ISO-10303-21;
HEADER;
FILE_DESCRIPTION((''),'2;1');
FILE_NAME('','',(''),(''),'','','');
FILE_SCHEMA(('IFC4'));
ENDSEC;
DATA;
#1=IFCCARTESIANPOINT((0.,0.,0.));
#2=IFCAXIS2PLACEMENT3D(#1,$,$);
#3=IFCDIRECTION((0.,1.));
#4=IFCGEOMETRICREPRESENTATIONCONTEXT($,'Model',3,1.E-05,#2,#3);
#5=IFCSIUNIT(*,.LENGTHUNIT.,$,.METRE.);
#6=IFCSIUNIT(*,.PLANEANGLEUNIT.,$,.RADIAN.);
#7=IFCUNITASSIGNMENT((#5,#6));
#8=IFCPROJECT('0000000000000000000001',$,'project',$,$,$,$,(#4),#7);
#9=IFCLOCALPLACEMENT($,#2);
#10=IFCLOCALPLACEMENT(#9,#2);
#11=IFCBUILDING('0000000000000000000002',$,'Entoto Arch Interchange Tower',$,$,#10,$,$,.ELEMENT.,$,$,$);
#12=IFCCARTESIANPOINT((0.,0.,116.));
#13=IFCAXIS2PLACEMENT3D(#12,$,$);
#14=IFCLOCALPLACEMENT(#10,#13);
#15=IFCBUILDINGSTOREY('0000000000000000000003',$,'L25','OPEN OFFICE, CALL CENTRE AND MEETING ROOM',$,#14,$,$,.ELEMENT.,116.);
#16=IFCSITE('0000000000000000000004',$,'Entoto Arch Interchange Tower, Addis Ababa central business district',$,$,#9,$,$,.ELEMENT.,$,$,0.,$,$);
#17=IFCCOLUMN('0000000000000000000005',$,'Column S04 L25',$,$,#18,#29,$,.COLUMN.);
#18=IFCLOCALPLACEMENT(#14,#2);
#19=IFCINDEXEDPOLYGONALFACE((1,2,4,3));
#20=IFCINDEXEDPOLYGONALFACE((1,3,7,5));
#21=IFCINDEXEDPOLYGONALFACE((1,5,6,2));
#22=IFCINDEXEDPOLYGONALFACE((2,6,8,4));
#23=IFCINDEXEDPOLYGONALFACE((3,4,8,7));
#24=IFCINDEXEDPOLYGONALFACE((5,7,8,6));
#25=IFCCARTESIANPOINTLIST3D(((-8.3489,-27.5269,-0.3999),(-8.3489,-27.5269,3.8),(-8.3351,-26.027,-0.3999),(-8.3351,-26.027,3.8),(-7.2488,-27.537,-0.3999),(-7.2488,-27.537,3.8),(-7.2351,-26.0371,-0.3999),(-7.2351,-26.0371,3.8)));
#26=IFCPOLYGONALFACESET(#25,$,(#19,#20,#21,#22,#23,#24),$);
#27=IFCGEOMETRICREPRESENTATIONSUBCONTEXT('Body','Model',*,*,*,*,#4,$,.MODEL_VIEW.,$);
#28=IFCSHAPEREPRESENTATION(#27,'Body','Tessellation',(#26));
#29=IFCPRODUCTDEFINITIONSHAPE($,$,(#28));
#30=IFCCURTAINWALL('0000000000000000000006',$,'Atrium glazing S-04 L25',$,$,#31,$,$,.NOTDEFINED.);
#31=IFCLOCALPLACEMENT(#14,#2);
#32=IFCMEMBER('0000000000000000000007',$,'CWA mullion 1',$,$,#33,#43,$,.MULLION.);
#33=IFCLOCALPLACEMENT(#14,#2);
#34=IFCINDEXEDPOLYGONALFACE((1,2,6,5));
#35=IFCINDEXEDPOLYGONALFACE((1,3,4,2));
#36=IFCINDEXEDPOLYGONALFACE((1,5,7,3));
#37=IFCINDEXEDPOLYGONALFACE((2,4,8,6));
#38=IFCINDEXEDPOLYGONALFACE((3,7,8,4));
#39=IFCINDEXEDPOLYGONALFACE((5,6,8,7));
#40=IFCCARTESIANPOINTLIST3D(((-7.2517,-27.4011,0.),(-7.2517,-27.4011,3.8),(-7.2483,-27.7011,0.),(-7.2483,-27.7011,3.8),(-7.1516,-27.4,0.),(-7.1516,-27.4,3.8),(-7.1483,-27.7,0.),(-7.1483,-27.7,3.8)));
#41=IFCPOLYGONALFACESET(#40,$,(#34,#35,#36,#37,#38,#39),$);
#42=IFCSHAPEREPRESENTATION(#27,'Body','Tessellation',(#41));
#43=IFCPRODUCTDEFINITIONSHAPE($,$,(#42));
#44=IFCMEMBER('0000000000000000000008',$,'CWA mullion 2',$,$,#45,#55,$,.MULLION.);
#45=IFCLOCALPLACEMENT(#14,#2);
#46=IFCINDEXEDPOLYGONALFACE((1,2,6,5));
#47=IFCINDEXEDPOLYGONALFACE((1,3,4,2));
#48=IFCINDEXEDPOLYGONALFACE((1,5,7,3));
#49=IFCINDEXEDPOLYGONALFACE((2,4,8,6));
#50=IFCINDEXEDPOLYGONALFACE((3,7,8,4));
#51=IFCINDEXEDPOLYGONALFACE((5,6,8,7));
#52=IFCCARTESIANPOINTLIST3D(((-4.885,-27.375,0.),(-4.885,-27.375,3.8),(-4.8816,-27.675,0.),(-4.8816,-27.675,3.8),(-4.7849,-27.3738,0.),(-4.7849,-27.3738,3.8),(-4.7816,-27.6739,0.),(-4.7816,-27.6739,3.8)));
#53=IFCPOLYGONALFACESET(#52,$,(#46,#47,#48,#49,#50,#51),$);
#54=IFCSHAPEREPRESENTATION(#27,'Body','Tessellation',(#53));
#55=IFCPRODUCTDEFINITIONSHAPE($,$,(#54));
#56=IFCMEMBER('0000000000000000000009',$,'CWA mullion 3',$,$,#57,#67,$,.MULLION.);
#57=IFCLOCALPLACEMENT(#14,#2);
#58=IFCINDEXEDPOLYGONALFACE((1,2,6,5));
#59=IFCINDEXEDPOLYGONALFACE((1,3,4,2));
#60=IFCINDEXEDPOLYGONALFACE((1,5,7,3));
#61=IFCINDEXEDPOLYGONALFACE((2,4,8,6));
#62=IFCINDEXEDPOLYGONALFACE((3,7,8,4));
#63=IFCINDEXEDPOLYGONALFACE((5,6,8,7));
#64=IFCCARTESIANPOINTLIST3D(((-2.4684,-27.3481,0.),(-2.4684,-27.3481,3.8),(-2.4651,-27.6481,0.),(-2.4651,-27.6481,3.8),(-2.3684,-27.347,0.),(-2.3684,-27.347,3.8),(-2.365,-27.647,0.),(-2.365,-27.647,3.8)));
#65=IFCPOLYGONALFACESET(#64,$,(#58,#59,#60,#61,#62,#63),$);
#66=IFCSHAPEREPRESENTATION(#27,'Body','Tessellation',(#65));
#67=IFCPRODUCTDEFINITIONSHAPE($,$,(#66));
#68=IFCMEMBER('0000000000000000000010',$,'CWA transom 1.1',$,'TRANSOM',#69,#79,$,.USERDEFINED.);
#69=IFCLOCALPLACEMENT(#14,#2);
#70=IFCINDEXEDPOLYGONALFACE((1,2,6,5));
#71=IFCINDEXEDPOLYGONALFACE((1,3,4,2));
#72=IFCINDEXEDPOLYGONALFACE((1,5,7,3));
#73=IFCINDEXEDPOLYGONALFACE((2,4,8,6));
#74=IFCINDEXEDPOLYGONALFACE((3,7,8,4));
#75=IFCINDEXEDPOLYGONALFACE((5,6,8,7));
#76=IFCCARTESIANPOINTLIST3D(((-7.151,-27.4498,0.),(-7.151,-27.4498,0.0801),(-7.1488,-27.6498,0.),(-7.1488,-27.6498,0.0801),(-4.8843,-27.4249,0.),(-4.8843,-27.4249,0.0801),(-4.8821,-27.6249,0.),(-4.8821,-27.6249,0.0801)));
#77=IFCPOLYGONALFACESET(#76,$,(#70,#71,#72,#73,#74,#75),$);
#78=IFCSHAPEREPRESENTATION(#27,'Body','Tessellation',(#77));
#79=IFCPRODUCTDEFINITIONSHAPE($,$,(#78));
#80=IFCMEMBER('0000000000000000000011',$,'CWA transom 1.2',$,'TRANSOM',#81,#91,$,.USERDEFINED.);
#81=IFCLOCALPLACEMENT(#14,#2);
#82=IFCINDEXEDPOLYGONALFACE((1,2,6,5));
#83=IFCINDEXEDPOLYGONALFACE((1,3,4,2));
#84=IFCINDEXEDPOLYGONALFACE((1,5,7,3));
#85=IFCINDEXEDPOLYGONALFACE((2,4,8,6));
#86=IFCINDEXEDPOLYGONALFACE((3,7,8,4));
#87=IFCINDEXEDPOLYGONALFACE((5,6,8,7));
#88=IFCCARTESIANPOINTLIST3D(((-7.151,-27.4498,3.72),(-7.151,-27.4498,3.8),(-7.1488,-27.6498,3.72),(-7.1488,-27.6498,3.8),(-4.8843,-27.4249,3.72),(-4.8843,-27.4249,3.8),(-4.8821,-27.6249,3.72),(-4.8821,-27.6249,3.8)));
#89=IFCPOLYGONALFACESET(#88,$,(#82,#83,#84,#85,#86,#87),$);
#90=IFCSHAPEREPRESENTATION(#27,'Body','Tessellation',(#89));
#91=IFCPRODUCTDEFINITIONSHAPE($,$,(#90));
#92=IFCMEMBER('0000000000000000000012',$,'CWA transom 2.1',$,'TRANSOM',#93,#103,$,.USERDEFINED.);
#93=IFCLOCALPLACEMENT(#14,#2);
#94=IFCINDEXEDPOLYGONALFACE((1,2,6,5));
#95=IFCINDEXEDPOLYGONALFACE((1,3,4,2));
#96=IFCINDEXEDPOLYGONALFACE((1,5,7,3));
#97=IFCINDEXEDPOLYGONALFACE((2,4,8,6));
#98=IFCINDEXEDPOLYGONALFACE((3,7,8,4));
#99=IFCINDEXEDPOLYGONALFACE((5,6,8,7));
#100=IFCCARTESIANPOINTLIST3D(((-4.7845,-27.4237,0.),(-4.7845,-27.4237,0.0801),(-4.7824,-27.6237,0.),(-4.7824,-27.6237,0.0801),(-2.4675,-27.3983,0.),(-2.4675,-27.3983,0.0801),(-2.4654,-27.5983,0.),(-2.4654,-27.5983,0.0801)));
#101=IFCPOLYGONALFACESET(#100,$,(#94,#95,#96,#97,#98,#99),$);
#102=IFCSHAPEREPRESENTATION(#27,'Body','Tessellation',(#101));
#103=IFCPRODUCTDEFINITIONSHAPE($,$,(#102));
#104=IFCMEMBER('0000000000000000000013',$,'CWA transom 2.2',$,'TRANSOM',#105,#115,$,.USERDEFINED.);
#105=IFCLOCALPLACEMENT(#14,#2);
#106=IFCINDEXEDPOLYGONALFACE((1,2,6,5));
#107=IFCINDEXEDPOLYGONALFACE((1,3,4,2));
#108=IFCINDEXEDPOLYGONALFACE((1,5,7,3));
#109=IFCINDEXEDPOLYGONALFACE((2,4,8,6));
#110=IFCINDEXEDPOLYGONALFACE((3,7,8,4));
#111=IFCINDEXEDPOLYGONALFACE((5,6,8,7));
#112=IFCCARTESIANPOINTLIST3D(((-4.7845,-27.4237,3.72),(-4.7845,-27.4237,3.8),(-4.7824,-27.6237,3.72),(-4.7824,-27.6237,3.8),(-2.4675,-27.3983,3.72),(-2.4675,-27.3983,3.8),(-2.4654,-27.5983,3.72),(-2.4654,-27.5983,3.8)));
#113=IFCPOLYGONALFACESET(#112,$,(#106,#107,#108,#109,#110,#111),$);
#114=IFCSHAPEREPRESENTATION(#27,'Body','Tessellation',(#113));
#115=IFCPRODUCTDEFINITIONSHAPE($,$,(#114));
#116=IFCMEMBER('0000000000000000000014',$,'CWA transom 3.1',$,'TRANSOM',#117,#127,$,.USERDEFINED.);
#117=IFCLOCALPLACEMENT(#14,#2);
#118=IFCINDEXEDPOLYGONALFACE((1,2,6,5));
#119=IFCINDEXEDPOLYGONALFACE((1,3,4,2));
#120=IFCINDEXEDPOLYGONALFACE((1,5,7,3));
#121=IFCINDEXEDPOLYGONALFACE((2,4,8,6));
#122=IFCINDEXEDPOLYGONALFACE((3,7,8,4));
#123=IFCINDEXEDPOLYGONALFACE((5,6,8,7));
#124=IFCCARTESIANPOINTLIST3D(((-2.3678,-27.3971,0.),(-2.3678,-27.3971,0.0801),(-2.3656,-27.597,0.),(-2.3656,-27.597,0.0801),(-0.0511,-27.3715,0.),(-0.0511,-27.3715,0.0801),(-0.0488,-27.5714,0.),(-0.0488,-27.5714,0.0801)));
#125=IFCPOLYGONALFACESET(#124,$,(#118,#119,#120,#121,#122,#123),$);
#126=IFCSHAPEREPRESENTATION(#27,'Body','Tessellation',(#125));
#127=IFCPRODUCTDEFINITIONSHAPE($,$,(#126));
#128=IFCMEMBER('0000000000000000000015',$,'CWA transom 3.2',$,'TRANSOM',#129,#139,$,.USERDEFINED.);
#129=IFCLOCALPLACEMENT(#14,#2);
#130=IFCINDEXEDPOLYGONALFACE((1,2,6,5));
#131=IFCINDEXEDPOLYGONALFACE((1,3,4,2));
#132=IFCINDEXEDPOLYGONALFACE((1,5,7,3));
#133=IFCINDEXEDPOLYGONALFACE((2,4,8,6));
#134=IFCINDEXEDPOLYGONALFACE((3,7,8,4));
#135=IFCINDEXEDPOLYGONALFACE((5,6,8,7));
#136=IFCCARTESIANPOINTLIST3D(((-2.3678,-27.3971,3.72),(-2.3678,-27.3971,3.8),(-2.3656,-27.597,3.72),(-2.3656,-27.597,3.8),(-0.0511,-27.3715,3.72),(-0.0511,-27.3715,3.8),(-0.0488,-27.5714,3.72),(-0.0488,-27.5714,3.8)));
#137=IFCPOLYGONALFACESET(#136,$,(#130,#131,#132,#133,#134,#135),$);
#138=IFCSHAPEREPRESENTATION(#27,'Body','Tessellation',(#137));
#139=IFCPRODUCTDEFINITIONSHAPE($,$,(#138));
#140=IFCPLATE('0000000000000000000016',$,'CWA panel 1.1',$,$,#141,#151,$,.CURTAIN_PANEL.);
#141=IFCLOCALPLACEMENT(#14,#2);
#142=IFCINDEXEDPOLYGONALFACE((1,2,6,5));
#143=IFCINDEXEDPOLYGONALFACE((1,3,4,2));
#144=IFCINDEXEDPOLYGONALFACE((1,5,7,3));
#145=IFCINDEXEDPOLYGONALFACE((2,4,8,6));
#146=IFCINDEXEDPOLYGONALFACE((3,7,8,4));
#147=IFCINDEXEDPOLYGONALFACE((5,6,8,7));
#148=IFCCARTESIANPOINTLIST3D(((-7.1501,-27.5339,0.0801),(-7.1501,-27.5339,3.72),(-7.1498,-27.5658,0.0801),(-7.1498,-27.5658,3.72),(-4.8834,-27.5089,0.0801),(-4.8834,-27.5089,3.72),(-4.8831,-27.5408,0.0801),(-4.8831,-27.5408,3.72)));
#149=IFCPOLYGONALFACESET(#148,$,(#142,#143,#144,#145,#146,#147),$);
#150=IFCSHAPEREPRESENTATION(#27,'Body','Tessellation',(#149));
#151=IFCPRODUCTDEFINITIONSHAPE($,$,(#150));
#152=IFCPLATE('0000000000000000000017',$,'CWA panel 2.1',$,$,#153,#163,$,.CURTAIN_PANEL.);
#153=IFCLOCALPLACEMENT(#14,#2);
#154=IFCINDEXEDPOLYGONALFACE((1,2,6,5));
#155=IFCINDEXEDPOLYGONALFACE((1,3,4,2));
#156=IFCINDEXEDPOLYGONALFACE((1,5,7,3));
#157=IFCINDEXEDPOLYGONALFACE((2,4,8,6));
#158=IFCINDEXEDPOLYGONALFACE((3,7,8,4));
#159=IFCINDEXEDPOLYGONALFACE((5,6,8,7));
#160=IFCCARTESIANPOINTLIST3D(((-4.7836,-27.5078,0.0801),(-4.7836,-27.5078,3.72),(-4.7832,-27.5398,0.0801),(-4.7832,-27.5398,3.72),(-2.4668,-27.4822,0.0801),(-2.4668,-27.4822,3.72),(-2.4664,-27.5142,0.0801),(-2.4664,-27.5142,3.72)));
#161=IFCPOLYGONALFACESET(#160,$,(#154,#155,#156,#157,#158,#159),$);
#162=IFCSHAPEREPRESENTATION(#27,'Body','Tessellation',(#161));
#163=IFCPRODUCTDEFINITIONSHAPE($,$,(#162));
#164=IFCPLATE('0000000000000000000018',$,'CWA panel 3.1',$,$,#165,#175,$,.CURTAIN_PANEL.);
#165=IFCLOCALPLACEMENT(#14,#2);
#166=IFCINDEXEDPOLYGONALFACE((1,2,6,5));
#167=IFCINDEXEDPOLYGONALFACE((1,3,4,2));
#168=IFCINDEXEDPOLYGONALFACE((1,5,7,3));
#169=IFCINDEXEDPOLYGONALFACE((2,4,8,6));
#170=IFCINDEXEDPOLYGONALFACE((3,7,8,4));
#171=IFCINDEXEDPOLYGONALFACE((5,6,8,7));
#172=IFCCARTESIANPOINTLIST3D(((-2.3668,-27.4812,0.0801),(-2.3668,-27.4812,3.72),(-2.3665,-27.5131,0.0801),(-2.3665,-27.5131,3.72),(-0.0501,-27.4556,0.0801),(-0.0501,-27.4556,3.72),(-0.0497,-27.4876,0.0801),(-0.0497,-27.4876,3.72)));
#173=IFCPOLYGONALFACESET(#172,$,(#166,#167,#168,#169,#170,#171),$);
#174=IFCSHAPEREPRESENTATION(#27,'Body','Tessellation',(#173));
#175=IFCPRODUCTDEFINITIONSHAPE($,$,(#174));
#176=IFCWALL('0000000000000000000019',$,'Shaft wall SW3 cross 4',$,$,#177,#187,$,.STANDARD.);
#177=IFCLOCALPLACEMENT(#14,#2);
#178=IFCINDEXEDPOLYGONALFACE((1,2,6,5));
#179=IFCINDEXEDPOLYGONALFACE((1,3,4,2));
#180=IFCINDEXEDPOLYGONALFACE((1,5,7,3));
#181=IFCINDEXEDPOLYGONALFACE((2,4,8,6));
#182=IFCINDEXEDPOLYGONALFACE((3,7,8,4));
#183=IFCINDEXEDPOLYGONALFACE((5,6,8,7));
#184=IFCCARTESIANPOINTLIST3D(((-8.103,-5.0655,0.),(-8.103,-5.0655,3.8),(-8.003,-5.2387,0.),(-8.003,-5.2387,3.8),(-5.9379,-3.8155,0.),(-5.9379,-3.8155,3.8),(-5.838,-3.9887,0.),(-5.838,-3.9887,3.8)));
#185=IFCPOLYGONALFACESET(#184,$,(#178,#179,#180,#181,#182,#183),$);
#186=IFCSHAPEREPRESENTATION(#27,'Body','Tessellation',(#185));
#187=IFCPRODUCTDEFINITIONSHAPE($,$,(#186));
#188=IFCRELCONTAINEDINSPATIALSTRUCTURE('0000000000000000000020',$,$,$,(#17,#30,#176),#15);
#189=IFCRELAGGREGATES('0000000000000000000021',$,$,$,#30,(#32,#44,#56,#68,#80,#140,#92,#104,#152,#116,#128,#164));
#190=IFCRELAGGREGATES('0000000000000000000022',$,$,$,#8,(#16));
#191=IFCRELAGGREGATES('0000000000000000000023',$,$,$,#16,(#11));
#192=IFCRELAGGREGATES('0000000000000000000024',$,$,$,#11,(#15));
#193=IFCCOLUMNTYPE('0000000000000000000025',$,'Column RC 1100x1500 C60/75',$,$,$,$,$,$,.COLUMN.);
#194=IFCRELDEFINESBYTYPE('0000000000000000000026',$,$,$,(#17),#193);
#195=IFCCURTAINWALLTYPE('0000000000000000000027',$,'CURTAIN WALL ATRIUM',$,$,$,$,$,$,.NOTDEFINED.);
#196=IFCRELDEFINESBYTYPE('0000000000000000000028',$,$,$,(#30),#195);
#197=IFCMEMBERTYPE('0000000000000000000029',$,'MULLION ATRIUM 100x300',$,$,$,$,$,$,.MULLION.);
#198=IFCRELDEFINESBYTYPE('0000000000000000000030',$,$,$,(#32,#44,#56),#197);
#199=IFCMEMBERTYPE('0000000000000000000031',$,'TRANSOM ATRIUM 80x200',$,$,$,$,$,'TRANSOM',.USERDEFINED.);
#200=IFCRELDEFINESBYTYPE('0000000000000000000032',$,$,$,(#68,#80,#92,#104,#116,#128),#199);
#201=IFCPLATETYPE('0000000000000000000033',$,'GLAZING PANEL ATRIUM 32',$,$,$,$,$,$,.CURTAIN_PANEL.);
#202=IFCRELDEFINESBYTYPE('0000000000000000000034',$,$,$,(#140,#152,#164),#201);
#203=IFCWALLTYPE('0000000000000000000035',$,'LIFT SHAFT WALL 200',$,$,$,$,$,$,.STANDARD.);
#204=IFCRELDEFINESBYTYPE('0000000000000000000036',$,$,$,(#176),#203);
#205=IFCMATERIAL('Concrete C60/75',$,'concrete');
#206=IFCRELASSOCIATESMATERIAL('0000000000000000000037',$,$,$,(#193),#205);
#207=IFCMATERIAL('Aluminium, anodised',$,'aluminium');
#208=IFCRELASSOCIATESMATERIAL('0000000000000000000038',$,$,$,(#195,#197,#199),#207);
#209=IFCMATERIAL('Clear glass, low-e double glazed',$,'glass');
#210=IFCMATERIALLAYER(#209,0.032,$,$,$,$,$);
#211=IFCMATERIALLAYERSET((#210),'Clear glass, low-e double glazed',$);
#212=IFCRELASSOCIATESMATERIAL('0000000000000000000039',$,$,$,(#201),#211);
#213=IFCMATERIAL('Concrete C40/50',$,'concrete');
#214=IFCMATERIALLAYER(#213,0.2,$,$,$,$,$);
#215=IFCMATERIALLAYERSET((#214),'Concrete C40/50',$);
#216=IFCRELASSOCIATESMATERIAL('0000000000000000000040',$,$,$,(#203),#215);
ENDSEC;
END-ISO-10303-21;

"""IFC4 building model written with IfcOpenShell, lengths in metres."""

from ifc_helpers import new_model, si_unit, direction, frame, frame_2d, origin, origin_2d, place, context, subcontext, project, spatial, rectangle, extrude, material, layer, layer_set, material_profile, profile_set, type_object, element, aggregate, save


model = new_model("IFC4")

# Units and contexts
model_context = context("Model", 3, precision=1e-05, world=origin(), true_north=direction((0.0, 1.0)))
body_context = subcontext(model_context, "Body", "Model", "MODEL_VIEW")
ifc_project = project(units=[si_unit("LENGTHUNIT", "METRE"), si_unit("PLANEANGLEUNIT", "RADIAN")], contexts=[model_context])

# Site, building, storey
site_placement = place(None, origin())
site = spatial("IfcSite", under=ifc_project, at=site_placement, Name="Entoto Arch Interchange Tower, Addis Ababa central business district", CompositionType="ELEMENT", RefElevation=0.0)
building_placement = place(site_placement, origin())
building = spatial("IfcBuilding", under=site, at=building_placement, Name="Entoto Arch Interchange Tower", CompositionType="ELEMENT")
storey_placement = place(building_placement, frame((0.0, 0.0, 116.0)))
storey = spatial("IfcBuildingStorey", under=building, at=storey_placement, Name="L25", Description="OPEN OFFICE, CALL CENTRE AND MEETING ROOM", CompositionType="ELEMENT", Elevation=116.0)

# Column
ifc_material_1 = material(Name="Concrete C60/75", Category="concrete")
ifc_material_profile_1 = material_profile(ifc_material_1, rectangle(XDim=1.1001, YDim=1.5, at=origin_2d()))
ifc_profile_set_1 = profile_set([ifc_material_profile_1], Name="Concrete C60/75")
column_type = type_object("IfcColumnType", Name="Column RC 1100x1500 C60/75", PredefinedType="COLUMN", material=ifc_profile_set_1)
column_placement = place(storey_placement, frame((-7.792, -26.782, -0.3999), z_axis=(0.0, 0.0, 1.0), x_axis=(-0.999958, 0.009163, 0.0)))
element("IfcColumn", 1, at=column_placement, inside=storey, type_object=column_type, Name="Column S04 L25", PredefinedType="COLUMN", context=body_context, shape_type="SweptSolid", body=[
    extrude(rectangle(XDim=1.1001, YDim=1.5, at=origin_2d()), origin(), (0.0, 0.0, 1.0), 4.2),
])

# Curtain wall, members, plates
ifc_material_2 = material(Name="Aluminium, anodised", Category="aluminium")
curtain_wall_type = type_object("IfcCurtainWallType", Name="CURTAIN WALL ATRIUM", PredefinedType="NOTDEFINED", material=ifc_material_2)
curtain_wall_placement = place(storey_placement, origin())
curtain_wall = element("IfcCurtainWall", 2, at=curtain_wall_placement, inside=storey, type_object=curtain_wall_type, Name="Atrium glazing S-04 L25", PredefinedType="NOTDEFINED")
ifc_material_profile_2 = material_profile(ifc_material_2, rectangle(XDim=0.3, YDim=0.1001, at=origin_2d()))
ifc_profile_set_2 = profile_set([ifc_material_profile_2], Name="Aluminium, anodised")
member_type_1 = type_object("IfcMemberType", Name="MULLION ATRIUM 100x300", PredefinedType="MULLION", material=ifc_profile_set_2)
member_1_placement = place(storey_placement, frame((-7.2, -27.5505, 0.0), z_axis=(0.0, 0.0, 1.0), x_axis=(-0.011034, 0.999939, 0.0)))
member_1 = element("IfcMember", 3, at=member_1_placement, type_object=member_type_1, Name="CWA mullion 1", PredefinedType="MULLION", context=body_context, shape_type="SweptSolid", body=[
    extrude(rectangle(XDim=0.3, YDim=0.1001, at=origin_2d()), origin(), (0.0, 0.0, 1.0), 3.8),
])
member_2_placement = place(storey_placement, frame((-4.8333, -27.5244, 0.0), z_axis=(0.0, 0.0, 1.0), x_axis=(-0.011034, 0.999939, 0.0)))
member_2 = element("IfcMember", 4, at=member_2_placement, type_object=member_type_1, Name="CWA mullion 2", PredefinedType="MULLION", context=body_context, shape_type="SweptSolid", body=[
    extrude(rectangle(XDim=0.3, YDim=0.1001, at=origin_2d()), origin(), (0.0, 0.0, 1.0), 3.8),
])
member_3_placement = place(storey_placement, frame((-2.4167, -27.4976, 0.0), z_axis=(0.0, 0.0, 1.0), x_axis=(-0.011034, 0.999939, 0.0)))
member_3 = element("IfcMember", 5, at=member_3_placement, type_object=member_type_1, Name="CWA mullion 3", PredefinedType="MULLION", context=body_context, shape_type="SweptSolid", body=[
    extrude(rectangle(XDim=0.3, YDim=0.1001, at=origin_2d()), origin(), (0.0, 0.0, 1.0), 3.8),
])
ifc_material_profile_3 = material_profile(ifc_material_2, rectangle(XDim=0.2, YDim=0.0801, at=origin_2d()))
ifc_profile_set_3 = profile_set([ifc_material_profile_3], Name="Aluminium, anodised")
member_type_2 = type_object("IfcMemberType", Name="TRANSOM ATRIUM 80x200", ElementType="TRANSOM", PredefinedType="USERDEFINED", material=ifc_profile_set_3)
member_4_placement = place(storey_placement, frame((-7.1499, -27.5498, 0.04), z_axis=(0.99994, 0.010986, 0.0), x_axis=(-0.010986, 0.99994, 0.0)))
member_4 = element("IfcMember", 6, at=member_4_placement, type_object=member_type_2, Name="CWA transom 1.1", ObjectType="TRANSOM", PredefinedType="USERDEFINED", context=body_context, shape_type="SweptSolid", body=[
    extrude(rectangle(XDim=0.2, YDim=0.0801, at=origin_2d()), origin(), (0.0, 0.0, 1.0), 2.2668),
])
member_5_placement = place(storey_placement, frame((-7.1499, -27.5498, 3.76), z_axis=(0.99994, 0.010986, 0.0), x_axis=(-0.010986, 0.99994, 0.0)))
member_5 = element("IfcMember", 7, at=member_5_placement, type_object=member_type_2, Name="CWA transom 1.2", ObjectType="TRANSOM", PredefinedType="USERDEFINED", context=body_context, shape_type="SweptSolid", body=[
    extrude(rectangle(XDim=0.2, YDim=0.0801, at=origin_2d()), origin(), (0.0, 0.0, 1.0), 2.2668),
])
member_6_placement = place(storey_placement, frame((-4.7834, -27.5237, 0.04), z_axis=(0.99994, 0.010958, 0.0), x_axis=(-0.010958, 0.99994, 0.0)))
member_6 = element("IfcMember", 8, at=member_6_placement, type_object=member_type_2, Name="CWA transom 2.1", ObjectType="TRANSOM", PredefinedType="USERDEFINED", context=body_context, shape_type="SweptSolid", body=[
    extrude(rectangle(XDim=0.2, YDim=0.0801, at=origin_2d()), origin(), (0.0, 0.0, 1.0), 2.3171),
])
member_7_placement = place(storey_placement, frame((-4.7834, -27.5237, 3.76), z_axis=(0.99994, 0.010958, 0.0), x_axis=(-0.010958, 0.99994, 0.0)))
member_7 = element("IfcMember", 9, at=member_7_placement, type_object=member_type_2, Name="CWA transom 2.2", ObjectType="TRANSOM", PredefinedType="USERDEFINED", context=body_context, shape_type="SweptSolid", body=[
    extrude(rectangle(XDim=0.2, YDim=0.0801, at=origin_2d()), origin(), (0.0, 0.0, 1.0), 2.3171),
])
member_8_placement = place(storey_placement, frame((-2.3667, -27.4971, 0.04), z_axis=(0.999939, 0.011065, 0.0), x_axis=(-0.011065, 0.999939, 0.0)))
member_8 = element("IfcMember", 10, at=member_8_placement, type_object=member_type_2, Name="CWA transom 3.1", ObjectType="TRANSOM", PredefinedType="USERDEFINED", context=body_context, shape_type="SweptSolid", body=[
    extrude(rectangle(XDim=0.2, YDim=0.0801, at=origin_2d()), origin(), (0.0, 0.0, 1.0), 2.3169),
])
member_9_placement = place(storey_placement, frame((-2.3667, -27.4971, 3.76), z_axis=(0.999939, 0.011065, 0.0), x_axis=(-0.011065, 0.999939, 0.0)))
member_9 = element("IfcMember", 11, at=member_9_placement, type_object=member_type_2, Name="CWA transom 3.2", ObjectType="TRANSOM", PredefinedType="USERDEFINED", context=body_context, shape_type="SweptSolid", body=[
    extrude(rectangle(XDim=0.2, YDim=0.0801, at=origin_2d()), origin(), (0.0, 0.0, 1.0), 2.3169),
])
ifc_material_3 = material(Name="Clear glass, low-e double glazed", Category="glass")
ifc_layer_1 = layer(ifc_material_3, 0.032)
ifc_layer_set_1 = layer_set([ifc_layer_1], Name="Clear glass, low-e double glazed")
plate_type = type_object("IfcPlateType", Name="GLAZING PANEL ATRIUM 32", PredefinedType="CURTAIN_PANEL", material=ifc_layer_set_1)
plate_1_placement = place(storey_placement, frame((-6.0166, -27.5374, 0.0801), z_axis=(0.0, 0.0, 1.0), x_axis=(0.999939, 0.011034, 0.0)))
plate_1 = element("IfcPlate", 12, at=plate_1_placement, type_object=plate_type, Name="CWA panel 1.1", PredefinedType="CURTAIN_PANEL", context=body_context, shape_type="SweptSolid", body=[
    extrude(rectangle(XDim=2.2668, YDim=0.032, at=origin_2d()), origin(), (0.0, 0.0, 1.0), 3.6399),
])
plate_2_placement = place(storey_placement, frame((-3.625, -27.511, 0.0801), z_axis=(0.0, 0.0, 1.0), x_axis=(0.999939, 0.011034, 0.0)))
plate_2 = element("IfcPlate", 13, at=plate_2_placement, type_object=plate_type, Name="CWA panel 2.1", PredefinedType="CURTAIN_PANEL", context=body_context, shape_type="SweptSolid", body=[
    extrude(rectangle(XDim=2.3169, YDim=0.032, at=origin_2d()), origin(), (0.0, 0.0, 1.0), 3.6399),
])
plate_3_placement = place(storey_placement, frame((-1.2083, -27.4844, 0.0801), z_axis=(0.0, 0.0, 1.0), x_axis=(0.999939, 0.011034, 0.0)))
plate_3 = element("IfcPlate", 14, at=plate_3_placement, type_object=plate_type, Name="CWA panel 3.1", PredefinedType="CURTAIN_PANEL", context=body_context, shape_type="SweptSolid", body=[
    extrude(rectangle(XDim=2.3169, YDim=0.032, at=origin_2d()), origin(), (0.0, 0.0, 1.0), 3.6399),
])
aggregate(curtain_wall, [member_1, member_2, member_3, member_4, member_5, plate_1, member_6, member_7, plate_2, member_8, member_9, plate_3])

# Wall
ifc_material_4 = material(Name="Concrete C40/50", Category="concrete")
ifc_layer_2 = layer(ifc_material_4, 0.2)
ifc_layer_set_2 = layer_set([ifc_layer_2], Name="Concrete C40/50")
wall_type_1 = type_object("IfcWallType", Name="LIFT SHAFT WALL 200", PredefinedType="STANDARD", material=ifc_layer_set_2)
for number, where, z_axis, x_axis, name in (
    (15, (-5.8879, -3.9021, 0.0), (0.0, 0.0, 1.0), (-0.866023, -0.500004, 0.0), "Shaft wall SW3 cross 4"),
):
    element("IfcWall", number, at=place(storey_placement, frame(where, z_axis=z_axis, x_axis=x_axis)), inside=storey, type_object=wall_type_1, Name=name, PredefinedType="STANDARD", context=body_context, shape_type="SweptSolid", body=[
        extrude(rectangle(XDim=2.5, YDim=0.2, at=frame_2d((1.25, 0.0))), origin(), (0.0, 0.0, 1.0), 3.8),
    ])

save(model, "model.ifc")
